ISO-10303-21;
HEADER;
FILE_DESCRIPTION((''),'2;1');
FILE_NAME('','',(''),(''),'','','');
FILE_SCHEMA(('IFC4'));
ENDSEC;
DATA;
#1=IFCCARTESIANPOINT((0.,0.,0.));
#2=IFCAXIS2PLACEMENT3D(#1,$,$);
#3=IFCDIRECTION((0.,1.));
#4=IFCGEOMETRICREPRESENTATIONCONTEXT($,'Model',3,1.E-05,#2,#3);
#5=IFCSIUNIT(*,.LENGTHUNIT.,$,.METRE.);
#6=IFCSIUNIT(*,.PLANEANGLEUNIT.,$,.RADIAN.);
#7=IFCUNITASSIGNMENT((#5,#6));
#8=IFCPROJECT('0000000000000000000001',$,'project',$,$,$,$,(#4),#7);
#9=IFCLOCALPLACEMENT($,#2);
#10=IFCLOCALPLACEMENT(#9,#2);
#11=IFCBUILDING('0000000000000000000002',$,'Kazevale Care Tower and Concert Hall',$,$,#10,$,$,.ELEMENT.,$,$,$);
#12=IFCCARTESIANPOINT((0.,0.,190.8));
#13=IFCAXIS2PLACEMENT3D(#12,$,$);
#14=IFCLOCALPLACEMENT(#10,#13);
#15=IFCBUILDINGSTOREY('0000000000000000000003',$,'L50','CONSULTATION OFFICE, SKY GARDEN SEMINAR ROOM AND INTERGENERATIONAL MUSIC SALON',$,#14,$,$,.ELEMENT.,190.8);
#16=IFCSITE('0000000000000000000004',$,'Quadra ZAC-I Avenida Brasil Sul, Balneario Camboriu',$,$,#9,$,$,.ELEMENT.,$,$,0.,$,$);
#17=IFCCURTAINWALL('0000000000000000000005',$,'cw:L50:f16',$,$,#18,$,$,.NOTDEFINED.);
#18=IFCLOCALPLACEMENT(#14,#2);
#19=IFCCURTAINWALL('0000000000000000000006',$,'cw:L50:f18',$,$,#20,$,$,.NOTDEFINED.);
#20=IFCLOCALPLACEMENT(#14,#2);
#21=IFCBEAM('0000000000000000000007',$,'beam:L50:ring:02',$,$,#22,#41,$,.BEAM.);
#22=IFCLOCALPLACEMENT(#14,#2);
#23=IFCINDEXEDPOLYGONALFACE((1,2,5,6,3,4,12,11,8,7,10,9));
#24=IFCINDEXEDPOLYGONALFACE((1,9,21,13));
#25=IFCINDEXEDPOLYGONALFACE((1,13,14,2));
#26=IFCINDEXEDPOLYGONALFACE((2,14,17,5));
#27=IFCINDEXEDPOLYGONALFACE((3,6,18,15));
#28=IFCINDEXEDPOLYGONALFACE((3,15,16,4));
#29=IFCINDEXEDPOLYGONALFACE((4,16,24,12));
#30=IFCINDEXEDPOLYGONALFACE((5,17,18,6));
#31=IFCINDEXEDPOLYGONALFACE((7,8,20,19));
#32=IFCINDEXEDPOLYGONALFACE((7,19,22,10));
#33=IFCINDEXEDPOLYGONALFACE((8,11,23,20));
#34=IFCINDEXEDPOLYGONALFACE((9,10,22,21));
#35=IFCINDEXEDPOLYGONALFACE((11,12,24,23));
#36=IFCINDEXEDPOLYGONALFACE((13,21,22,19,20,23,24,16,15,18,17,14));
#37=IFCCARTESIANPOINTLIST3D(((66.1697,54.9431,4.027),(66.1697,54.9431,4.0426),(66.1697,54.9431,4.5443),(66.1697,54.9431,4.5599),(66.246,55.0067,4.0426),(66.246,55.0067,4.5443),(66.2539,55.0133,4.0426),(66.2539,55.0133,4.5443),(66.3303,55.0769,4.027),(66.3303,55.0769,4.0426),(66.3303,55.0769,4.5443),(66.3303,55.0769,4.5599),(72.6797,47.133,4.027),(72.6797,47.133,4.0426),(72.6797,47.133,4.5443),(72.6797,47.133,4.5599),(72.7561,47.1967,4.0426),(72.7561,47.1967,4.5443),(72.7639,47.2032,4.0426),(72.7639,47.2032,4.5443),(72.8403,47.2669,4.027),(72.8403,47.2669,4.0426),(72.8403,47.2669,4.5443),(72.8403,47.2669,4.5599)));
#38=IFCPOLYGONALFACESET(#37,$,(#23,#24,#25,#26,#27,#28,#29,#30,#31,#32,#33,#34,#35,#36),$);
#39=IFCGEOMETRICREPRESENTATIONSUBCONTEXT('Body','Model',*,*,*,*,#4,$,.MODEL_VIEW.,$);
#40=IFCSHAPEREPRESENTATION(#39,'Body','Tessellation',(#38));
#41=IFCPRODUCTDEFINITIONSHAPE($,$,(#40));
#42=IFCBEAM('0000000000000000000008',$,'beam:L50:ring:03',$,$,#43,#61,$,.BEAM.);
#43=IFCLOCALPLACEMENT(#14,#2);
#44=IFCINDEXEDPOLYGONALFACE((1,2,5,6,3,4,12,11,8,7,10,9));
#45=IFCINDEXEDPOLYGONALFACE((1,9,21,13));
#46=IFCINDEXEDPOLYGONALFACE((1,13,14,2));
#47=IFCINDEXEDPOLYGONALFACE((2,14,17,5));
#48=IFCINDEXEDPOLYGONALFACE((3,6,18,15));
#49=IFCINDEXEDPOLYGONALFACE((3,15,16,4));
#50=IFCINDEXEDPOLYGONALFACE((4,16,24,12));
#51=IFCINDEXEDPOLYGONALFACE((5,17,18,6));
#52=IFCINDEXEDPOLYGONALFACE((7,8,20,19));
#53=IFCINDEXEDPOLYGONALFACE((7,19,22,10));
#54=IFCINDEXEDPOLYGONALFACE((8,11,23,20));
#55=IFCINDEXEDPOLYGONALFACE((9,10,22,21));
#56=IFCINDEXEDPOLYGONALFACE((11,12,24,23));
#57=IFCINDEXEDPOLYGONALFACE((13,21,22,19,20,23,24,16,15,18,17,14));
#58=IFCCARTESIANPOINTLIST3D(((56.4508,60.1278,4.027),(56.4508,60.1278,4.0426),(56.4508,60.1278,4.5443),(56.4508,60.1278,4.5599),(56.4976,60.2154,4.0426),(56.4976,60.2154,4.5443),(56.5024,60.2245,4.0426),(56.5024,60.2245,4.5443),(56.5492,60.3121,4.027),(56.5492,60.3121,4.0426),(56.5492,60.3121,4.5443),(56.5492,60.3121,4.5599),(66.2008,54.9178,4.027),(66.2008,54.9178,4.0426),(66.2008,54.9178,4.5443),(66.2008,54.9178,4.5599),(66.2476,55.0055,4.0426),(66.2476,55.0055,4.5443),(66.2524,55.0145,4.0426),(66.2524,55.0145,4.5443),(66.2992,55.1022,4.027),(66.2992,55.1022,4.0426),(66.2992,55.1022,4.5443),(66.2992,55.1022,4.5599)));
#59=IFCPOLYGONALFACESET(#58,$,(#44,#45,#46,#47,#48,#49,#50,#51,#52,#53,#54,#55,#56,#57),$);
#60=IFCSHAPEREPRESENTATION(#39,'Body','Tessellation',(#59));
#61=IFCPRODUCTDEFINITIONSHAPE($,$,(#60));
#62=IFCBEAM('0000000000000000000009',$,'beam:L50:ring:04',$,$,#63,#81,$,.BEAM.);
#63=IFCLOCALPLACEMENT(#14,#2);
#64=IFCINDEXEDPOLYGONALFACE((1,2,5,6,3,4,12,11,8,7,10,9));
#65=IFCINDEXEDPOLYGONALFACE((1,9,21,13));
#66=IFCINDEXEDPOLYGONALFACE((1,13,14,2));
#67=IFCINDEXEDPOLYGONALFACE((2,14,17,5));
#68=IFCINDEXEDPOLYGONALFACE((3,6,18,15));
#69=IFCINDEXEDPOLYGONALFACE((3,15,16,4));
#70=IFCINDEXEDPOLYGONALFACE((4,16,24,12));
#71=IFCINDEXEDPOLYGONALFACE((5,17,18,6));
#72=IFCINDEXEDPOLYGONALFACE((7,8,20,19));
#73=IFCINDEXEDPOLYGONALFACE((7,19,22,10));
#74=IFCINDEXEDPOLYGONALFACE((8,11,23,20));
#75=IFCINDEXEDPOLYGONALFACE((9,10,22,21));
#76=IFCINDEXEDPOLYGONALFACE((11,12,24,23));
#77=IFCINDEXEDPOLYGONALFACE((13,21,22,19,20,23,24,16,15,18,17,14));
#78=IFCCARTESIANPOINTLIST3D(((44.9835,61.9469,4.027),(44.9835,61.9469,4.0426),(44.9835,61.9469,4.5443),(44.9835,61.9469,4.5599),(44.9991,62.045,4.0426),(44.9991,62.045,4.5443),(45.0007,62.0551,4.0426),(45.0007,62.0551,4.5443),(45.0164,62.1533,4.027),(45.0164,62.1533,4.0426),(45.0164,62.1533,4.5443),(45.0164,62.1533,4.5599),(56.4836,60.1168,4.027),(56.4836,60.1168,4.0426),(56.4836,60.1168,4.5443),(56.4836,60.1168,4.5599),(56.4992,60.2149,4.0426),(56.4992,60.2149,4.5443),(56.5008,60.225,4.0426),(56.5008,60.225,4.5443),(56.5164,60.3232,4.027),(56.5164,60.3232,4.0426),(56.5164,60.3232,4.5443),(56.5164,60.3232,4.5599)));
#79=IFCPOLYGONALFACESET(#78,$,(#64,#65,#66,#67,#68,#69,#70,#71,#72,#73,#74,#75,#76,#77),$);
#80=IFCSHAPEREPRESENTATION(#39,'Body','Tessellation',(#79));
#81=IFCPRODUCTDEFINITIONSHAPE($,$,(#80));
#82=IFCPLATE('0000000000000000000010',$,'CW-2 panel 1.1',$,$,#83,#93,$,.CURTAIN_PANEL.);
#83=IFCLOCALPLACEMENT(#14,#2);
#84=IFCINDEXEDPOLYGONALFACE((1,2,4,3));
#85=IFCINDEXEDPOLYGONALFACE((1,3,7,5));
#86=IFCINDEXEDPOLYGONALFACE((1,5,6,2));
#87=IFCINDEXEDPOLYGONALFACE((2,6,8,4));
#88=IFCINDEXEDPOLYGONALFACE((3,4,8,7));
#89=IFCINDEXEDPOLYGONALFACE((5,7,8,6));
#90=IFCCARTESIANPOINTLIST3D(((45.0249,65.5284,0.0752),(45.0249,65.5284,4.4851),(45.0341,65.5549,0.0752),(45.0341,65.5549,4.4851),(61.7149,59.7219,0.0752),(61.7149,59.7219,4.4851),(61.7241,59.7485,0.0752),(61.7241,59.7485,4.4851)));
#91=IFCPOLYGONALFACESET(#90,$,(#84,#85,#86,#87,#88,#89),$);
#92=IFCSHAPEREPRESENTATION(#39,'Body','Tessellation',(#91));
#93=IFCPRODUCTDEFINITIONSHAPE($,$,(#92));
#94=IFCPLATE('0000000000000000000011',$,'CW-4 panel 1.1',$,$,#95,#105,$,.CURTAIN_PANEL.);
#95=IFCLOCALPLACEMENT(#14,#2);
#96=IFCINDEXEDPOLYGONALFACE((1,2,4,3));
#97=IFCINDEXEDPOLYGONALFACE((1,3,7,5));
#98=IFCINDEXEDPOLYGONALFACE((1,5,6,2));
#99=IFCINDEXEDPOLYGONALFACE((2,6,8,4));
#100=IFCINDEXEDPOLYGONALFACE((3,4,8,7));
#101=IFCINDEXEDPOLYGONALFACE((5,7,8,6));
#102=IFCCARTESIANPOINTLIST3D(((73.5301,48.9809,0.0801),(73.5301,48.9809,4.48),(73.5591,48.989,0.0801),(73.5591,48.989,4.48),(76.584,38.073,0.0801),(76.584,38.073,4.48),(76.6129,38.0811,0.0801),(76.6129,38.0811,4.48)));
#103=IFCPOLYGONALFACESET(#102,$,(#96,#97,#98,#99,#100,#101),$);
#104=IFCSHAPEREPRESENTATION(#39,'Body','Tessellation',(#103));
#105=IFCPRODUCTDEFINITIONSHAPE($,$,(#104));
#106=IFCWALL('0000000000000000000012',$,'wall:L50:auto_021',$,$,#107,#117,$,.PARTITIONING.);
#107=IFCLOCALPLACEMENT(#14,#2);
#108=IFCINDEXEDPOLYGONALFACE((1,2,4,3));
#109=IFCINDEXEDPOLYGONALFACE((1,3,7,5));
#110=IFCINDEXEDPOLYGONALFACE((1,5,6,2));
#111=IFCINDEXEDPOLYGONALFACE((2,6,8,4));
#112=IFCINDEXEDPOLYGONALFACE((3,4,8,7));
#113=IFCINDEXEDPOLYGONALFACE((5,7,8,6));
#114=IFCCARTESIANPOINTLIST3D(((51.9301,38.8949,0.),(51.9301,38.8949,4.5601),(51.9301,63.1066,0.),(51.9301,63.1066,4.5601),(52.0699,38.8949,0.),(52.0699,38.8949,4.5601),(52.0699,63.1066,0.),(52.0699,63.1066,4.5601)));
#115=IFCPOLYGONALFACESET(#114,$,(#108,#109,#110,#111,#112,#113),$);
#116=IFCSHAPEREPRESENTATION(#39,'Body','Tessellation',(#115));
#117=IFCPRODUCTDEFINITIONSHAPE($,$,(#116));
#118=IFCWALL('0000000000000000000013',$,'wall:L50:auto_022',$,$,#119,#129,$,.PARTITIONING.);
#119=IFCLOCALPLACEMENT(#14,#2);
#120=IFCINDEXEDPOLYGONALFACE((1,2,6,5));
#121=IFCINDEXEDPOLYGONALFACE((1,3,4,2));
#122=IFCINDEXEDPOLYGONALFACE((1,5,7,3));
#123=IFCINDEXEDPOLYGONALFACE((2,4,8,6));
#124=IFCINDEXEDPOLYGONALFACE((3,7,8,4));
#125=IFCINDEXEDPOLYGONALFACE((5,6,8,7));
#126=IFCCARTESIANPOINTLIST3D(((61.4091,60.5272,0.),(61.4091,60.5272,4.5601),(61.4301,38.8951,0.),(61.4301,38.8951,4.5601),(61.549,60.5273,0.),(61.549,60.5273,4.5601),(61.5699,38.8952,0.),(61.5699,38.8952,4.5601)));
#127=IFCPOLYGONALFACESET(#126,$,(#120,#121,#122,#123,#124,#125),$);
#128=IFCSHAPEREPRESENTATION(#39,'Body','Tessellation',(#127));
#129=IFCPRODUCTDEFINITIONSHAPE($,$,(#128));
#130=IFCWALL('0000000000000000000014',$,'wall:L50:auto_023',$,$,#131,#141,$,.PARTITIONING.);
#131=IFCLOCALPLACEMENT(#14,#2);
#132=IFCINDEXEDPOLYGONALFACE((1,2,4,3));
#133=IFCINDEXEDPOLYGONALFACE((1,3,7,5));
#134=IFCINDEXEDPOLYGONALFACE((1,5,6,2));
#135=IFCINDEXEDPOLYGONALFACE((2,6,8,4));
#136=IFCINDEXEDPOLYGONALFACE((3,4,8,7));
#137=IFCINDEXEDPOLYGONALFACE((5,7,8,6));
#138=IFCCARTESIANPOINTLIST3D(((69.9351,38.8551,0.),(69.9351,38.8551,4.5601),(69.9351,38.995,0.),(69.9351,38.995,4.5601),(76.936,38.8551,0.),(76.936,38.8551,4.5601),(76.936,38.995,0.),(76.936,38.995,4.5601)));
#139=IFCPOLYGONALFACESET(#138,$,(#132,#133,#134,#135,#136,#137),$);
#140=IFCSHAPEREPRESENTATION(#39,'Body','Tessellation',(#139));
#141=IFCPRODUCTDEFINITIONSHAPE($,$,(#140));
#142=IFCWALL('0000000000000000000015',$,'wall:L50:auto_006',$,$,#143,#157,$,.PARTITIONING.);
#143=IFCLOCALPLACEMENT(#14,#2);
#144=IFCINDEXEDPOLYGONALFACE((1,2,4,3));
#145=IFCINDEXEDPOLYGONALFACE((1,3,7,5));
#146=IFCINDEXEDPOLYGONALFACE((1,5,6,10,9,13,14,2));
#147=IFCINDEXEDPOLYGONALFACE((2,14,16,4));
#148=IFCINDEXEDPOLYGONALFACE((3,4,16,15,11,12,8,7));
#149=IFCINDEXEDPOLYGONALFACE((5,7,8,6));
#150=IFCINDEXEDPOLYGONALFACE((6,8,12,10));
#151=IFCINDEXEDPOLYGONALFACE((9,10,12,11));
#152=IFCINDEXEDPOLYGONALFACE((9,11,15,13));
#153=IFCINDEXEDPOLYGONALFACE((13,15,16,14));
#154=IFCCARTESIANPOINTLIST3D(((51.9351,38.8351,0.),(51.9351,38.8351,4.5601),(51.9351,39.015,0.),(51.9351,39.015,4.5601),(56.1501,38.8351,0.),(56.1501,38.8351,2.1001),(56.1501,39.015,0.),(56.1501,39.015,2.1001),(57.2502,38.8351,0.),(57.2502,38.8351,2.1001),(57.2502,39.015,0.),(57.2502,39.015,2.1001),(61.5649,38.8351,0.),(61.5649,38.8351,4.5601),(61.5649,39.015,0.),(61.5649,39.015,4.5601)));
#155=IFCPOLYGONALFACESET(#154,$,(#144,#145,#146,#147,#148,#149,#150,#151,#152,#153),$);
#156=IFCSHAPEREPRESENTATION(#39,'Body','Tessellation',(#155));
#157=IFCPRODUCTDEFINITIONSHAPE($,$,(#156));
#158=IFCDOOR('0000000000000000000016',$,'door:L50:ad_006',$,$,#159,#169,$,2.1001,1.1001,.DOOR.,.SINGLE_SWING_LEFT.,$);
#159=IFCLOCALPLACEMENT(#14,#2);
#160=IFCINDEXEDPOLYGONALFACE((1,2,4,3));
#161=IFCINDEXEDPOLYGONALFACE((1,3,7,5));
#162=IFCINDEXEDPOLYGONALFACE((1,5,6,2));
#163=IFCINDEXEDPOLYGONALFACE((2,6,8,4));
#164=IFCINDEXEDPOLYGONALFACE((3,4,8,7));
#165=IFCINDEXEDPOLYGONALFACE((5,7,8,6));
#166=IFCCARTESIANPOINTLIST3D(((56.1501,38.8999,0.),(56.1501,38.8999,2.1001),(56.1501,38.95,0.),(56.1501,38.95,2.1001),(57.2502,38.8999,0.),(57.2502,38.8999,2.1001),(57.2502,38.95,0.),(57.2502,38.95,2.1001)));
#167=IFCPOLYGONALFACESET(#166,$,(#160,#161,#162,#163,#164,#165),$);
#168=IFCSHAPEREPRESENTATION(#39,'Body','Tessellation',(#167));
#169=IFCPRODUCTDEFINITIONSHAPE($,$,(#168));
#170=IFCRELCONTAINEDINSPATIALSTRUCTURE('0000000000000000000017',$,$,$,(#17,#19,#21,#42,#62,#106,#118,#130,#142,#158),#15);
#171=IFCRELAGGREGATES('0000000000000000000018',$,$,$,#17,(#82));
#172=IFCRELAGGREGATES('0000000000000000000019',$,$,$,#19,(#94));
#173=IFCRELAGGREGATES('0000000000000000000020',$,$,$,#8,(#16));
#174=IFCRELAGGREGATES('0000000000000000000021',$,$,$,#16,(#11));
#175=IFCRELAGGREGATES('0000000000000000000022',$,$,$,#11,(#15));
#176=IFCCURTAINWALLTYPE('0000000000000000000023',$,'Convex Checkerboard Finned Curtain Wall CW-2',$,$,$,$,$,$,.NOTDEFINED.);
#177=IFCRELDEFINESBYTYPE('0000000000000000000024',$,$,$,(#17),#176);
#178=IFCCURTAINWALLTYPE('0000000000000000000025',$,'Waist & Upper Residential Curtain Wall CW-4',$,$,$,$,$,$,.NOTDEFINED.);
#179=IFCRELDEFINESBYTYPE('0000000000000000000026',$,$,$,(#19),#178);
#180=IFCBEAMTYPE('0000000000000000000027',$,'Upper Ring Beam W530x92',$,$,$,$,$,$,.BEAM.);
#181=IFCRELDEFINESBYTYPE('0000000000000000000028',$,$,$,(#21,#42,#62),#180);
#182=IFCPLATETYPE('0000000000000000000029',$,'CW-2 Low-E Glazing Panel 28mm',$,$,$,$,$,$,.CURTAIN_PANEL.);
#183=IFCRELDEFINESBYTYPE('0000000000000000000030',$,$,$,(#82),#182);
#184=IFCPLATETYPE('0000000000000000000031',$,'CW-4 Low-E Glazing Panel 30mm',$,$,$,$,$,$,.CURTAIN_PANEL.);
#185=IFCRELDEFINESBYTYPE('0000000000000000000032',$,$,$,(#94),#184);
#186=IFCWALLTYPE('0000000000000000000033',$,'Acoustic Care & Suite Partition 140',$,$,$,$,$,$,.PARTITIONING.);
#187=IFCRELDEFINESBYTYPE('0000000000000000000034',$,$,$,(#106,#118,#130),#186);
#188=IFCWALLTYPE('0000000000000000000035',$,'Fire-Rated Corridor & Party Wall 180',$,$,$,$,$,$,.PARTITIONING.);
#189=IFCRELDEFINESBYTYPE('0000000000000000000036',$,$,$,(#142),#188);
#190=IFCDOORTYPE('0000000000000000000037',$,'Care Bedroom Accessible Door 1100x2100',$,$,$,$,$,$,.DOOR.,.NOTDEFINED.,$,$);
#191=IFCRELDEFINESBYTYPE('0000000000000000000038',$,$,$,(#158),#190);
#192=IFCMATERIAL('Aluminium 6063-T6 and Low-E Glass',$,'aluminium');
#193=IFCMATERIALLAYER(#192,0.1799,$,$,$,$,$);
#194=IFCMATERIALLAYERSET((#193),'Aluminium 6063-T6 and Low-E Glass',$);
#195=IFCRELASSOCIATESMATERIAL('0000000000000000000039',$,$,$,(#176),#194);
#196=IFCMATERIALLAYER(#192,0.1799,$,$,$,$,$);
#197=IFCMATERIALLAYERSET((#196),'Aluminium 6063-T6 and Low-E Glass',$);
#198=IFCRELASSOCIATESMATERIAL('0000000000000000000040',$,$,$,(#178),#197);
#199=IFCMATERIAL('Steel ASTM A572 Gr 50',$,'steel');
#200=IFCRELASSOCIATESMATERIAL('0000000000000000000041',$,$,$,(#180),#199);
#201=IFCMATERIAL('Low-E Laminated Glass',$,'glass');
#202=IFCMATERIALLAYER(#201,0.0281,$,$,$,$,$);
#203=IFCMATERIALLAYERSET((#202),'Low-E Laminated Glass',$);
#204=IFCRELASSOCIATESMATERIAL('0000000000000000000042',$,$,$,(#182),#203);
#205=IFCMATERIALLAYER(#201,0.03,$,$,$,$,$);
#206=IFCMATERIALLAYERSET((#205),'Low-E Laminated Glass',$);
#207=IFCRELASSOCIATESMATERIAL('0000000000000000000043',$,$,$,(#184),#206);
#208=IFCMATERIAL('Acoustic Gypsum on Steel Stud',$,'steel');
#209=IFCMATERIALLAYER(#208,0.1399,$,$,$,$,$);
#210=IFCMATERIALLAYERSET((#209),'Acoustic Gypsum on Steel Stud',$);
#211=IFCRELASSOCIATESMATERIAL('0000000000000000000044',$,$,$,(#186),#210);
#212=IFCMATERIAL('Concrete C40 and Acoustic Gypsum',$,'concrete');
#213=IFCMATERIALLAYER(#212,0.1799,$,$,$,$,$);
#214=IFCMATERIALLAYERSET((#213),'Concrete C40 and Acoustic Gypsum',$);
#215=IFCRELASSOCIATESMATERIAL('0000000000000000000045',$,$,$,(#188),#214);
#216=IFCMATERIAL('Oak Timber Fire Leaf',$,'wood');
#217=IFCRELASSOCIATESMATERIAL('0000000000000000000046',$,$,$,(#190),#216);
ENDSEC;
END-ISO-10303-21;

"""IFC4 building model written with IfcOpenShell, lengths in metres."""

from ifc_helpers import new_model, si_unit, direction, frame, frame_2d, origin, origin_2d, place, context, subcontext, project, spatial, rectangle, i_section, extrude, material, layer, layer_set, material_profile, profile_set, type_object, element, fill, aggregate, save


model = new_model("IFC4")

# Units and contexts
model_context = context("Model", 3, precision=1e-05, world=origin(), true_north=direction((0.0, 1.0)))
body_context = subcontext(model_context, "Body", "Model", "MODEL_VIEW")
ifc_project = project(units=[si_unit("LENGTHUNIT", "METRE"), si_unit("PLANEANGLEUNIT", "RADIAN")], contexts=[model_context])

# Site, building, storey
site_placement = place(None, origin())
site = spatial("IfcSite", under=ifc_project, at=site_placement, Name="Quadra ZAC-I Avenida Brasil Sul, Balneario Camboriu", CompositionType="ELEMENT", RefElevation=0.0)
building_placement = place(site_placement, origin())
building = spatial("IfcBuilding", under=site, at=building_placement, Name="Kazevale Care Tower and Concert Hall", CompositionType="ELEMENT")
storey_placement = place(building_placement, frame((0.0, 0.0, 190.8)))
storey = spatial("IfcBuildingStorey", under=building, at=storey_placement, Name="L50", Description="CONSULTATION OFFICE, SKY GARDEN SEMINAR ROOM AND INTERGENERATIONAL MUSIC SALON", CompositionType="ELEMENT", Elevation=190.8)

# Curtain wall
ifc_material_1 = material(Name="Aluminium 6063-T6 and Low-E Glass", Category="aluminium")
ifc_layer_1 = layer(ifc_material_1, 0.1799)
ifc_layer_set_1 = layer_set([ifc_layer_1], Name="Aluminium 6063-T6 and Low-E Glass")
curtain_wall_type_1 = type_object("IfcCurtainWallType", Name="Convex Checkerboard Finned Curtain Wall CW-2", PredefinedType="NOTDEFINED", material=ifc_layer_set_1)
curtain_wall_1_placement = place(storey_placement, origin())
curtain_wall_1 = element("IfcCurtainWall", 1, at=curtain_wall_1_placement, inside=storey, type_object=curtain_wall_type_1, Name="cw:L50:f16", PredefinedType="NOTDEFINED")

# Curtain wall
ifc_layer_2 = layer(ifc_material_1, 0.1799)
ifc_layer_set_2 = layer_set([ifc_layer_2], Name="Aluminium 6063-T6 and Low-E Glass")
curtain_wall_type_2 = type_object("IfcCurtainWallType", Name="Waist & Upper Residential Curtain Wall CW-4", PredefinedType="NOTDEFINED", material=ifc_layer_set_2)
curtain_wall_2_placement = place(storey_placement, origin())
curtain_wall_2 = element("IfcCurtainWall", 2, at=curtain_wall_2_placement, inside=storey, type_object=curtain_wall_type_2, Name="cw:L50:f18", PredefinedType="NOTDEFINED")

# Beams
ifc_material_2 = material(Name="Steel ASTM A572 Gr 50", Category="steel")
ifc_material_profile_1 = material_profile(ifc_material_2, i_section(OverallWidth=0.209, OverallDepth=0.533, WebThickness=0.0103, FlangeThickness=0.0156, at=origin_2d()), Name="W530x92")
ifc_profile_set_1 = profile_set([ifc_material_profile_1], Name="Steel ASTM A572 Gr 50")
beam_type_1 = type_object("IfcBeamType", Name="Upper Ring Beam W530x92", PredefinedType="BEAM", material=ifc_profile_set_1)
beam_1_placement = place(storey_placement, frame((72.76, 47.2, 4.2935), z_axis=(-0.640279, 0.768143, 0.0), x_axis=(-0.768143, -0.640279, 0.0)))
element("IfcBeam", 3, at=beam_1_placement, inside=storey, type_object=beam_type_1, Name="beam:L50:ring:02", PredefinedType="BEAM", context=body_context, shape_type="SweptSolid", body=[
    extrude(i_section(OverallWidth=0.209, OverallDepth=0.533, WebThickness=0.0103, FlangeThickness=0.0156, at=origin_2d()), origin(), (0.0, 0.0, 1.0), 10.1675),
])
beam_2_placement = place(storey_placement, frame((66.25, 55.01, 4.2935), z_axis=(-0.881979, 0.47129, 0.0), x_axis=(-0.47129, -0.881979, 0.0)))
element("IfcBeam", 4, at=beam_2_placement, inside=storey, type_object=beam_type_1, Name="beam:L50:ring:03", PredefinedType="BEAM", context=body_context, shape_type="SweptSolid", body=[
    extrude(i_section(OverallWidth=0.209, OverallDepth=0.533, WebThickness=0.0103, FlangeThickness=0.0156, at=origin_2d()), origin(), (0.0, 0.0, 1.0), 11.0547),
])
beam_3_placement = place(storey_placement, frame((56.5, 60.22, 4.2935), z_axis=(-0.987573, 0.15716, 0.0), x_axis=(-0.15716, -0.987573, 0.0)))
element("IfcBeam", 5, at=beam_3_placement, inside=storey, type_object=beam_type_1, Name="beam:L50:ring:04", PredefinedType="BEAM", context=body_context, shape_type="SweptSolid", body=[
    extrude(i_section(OverallWidth=0.209, OverallDepth=0.533, WebThickness=0.0103, FlangeThickness=0.0156, at=origin_2d()), origin(), (0.0, 0.0, 1.0), 11.6448),
])

# Plates
ifc_material_3 = material(Name="Low-E Laminated Glass", Category="glass")
ifc_layer_3 = layer(ifc_material_3, 0.0281)
ifc_layer_set_3 = layer_set([ifc_layer_3], Name="Low-E Laminated Glass")
plate_type_1 = type_object("IfcPlateType", Name="CW-2 Low-E Glazing Panel 28mm", PredefinedType="CURTAIN_PANEL", material=ifc_layer_set_3)
plate_1_placement = place(storey_placement, frame((53.3745, 62.6384, 0.0752), z_axis=(0.0, 0.0, 1.0), x_axis=(0.944475, -0.328584, 0.0)))
plate_1 = element("IfcPlate", 6, at=plate_1_placement, type_object=plate_type_1, Name="CW-2 panel 1.1", PredefinedType="CURTAIN_PANEL", context=body_context, shape_type="SweptSolid", body=[
    extrude(rectangle(XDim=17.6711, YDim=0.0281, at=origin_2d()), origin(), (0.0, 0.0, 1.0), 4.4099),
])
aggregate(curtain_wall_1, [plate_1])
ifc_layer_4 = layer(ifc_material_3, 0.03)
ifc_layer_set_4 = layer_set([ifc_layer_4], Name="Low-E Laminated Glass")
plate_type_2 = type_object("IfcPlateType", Name="CW-4 Low-E Glazing Panel 30mm", PredefinedType="CURTAIN_PANEL", material=ifc_layer_set_4)
plate_2_placement = place(storey_placement, frame((75.0715, 43.531, 0.0801), z_axis=(0.0, 0.0, 1.0), x_axis=(0.269601, -0.962972, 0.0)))
plate_2 = element("IfcPlate", 7, at=plate_2_placement, type_object=plate_type_2, Name="CW-4 panel 1.1", PredefinedType="CURTAIN_PANEL", context=body_context, shape_type="SweptSolid", body=[
    extrude(rectangle(XDim=11.3274, YDim=0.03, at=origin_2d()), origin(), (0.0, 0.0, 1.0), 4.3999),
])
aggregate(curtain_wall_2, [plate_2])

# Walls
ifc_material_4 = material(Name="Acoustic Gypsum on Steel Stud", Category="steel")
ifc_layer_5 = layer(ifc_material_4, 0.1399)
ifc_layer_set_5 = layer_set([ifc_layer_5], Name="Acoustic Gypsum on Steel Stud")
wall_type_1 = type_object("IfcWallType", Name="Acoustic Care & Suite Partition 140", PredefinedType="PARTITIONING", material=ifc_layer_set_5)
wall_1_placement = place(storey_placement, frame((52.0, 63.1067, 0.0), z_axis=(0.0, 0.0, 1.0), x_axis=(0.0, -1.0, 0.0)))
element("IfcWall", 8, at=wall_1_placement, inside=storey, type_object=wall_type_1, Name="wall:L50:auto_021", PredefinedType="PARTITIONING", context=body_context, shape_type="SweptSolid", body=[
    extrude(rectangle(XDim=24.2117, YDim=0.1399, at=frame_2d((12.106, 0.0))), origin(), (0.0, 0.0, 1.0), 4.5601),
])
wall_2_placement = place(storey_placement, frame((61.479, 60.5271, 0.0), z_axis=(0.0, 0.0, 1.0), x_axis=(0.000971, -1.0, 0.0)))
element("IfcWall", 9, at=wall_2_placement, inside=storey, type_object=wall_type_1, Name="wall:L50:auto_022", PredefinedType="PARTITIONING", context=body_context, shape_type="SweptSolid", body=[
    extrude(rectangle(XDim=21.6321, YDim=0.1399, at=frame_2d((10.8159, 0.0))), origin(), (0.0, 0.0, 1.0), 4.5601),
])
wall_3_placement = place(storey_placement, frame((76.936, 38.925, 0.0), z_axis=(0.0, 0.0, 1.0), x_axis=(-1.0, 0.0, 0.0)))
element("IfcWall", 10, at=wall_3_placement, inside=storey, type_object=wall_type_1, Name="wall:L50:auto_023", PredefinedType="PARTITIONING", context=body_context, shape_type="SweptSolid", body=[
    extrude(rectangle(XDim=7.001, YDim=0.1399, at=frame_2d((3.5005, 0.0))), origin(), (0.0, 0.0, 1.0), 4.5601),
])

# Wall, opening, door
ifc_material_5 = material(Name="Concrete C40 and Acoustic Gypsum", Category="concrete")
ifc_layer_6 = layer(ifc_material_5, 0.1799)
ifc_layer_set_6 = layer_set([ifc_layer_6], Name="Concrete C40 and Acoustic Gypsum")
wall_type_2 = type_object("IfcWallType", Name="Fire-Rated Corridor & Party Wall 180", PredefinedType="PARTITIONING", material=ifc_layer_set_6)
wall_4_placement = place(storey_placement, frame((51.9351, 38.925, 0.0), z_axis=(0.0, 0.0, 1.0), x_axis=(1.0, 0.0, 0.0)))
wall_4 = element("IfcWall", 11, at=wall_4_placement, inside=storey, type_object=wall_type_2, Name="wall:L50:auto_006", PredefinedType="PARTITIONING", context=body_context, shape_type="SweptSolid", body=[
    extrude(rectangle(XDim=9.6299, YDim=0.1799, at=frame_2d((4.8149, 0.0))), origin(), (0.0, 0.0, 1.0), 4.5601),
])
opening_1_placement = place(wall_4_placement, frame((4.2151, 0.0, 0.0)))
opening_1 = element("IfcOpeningElement", 12, at=opening_1_placement, cuts=wall_4, PredefinedType="OPENING", context=body_context, shape_type="SweptSolid", body=[
    extrude(rectangle(XDim=1.1001, YDim=2.1001, at=frame_2d((0.55, 1.05))), frame((0.0, 0.0999, 0.0), z_axis=(0.0, -1.0, 0.0), x_axis=(1.0, 0.0, 0.0)), (0.0, 0.0, 1.0), 0.2),
])
ifc_material_6 = material(Name="Oak Timber Fire Leaf", Category="wood")
door_type = type_object("IfcDoorType", Name="Care Bedroom Accessible Door 1100x2100", OperationType="NOTDEFINED", PredefinedType="DOOR", material=ifc_material_6)
door_1_placement = place(opening_1_placement, origin())
door_1 = element("IfcDoor", 13, at=door_1_placement, inside=storey, type_object=door_type, Name="door:L50:ad_006", OperationType="SINGLE_SWING_LEFT", OverallHeight=2.1001, OverallWidth=1.1001, PredefinedType="DOOR", context=body_context, shape_type="SweptSolid", body=[
    extrude(rectangle(XDim=1.1001, YDim=2.1001, at=frame_2d((0.55, 1.05))), frame((0.0, 0.0249, 0.0), z_axis=(0.0, -1.0, 0.0), x_axis=(1.0, 0.0, 0.0)), (0.0, 0.0, 1.0), 0.05),
])
fill(opening_1, door_1)

save(model, "model.ifc")
